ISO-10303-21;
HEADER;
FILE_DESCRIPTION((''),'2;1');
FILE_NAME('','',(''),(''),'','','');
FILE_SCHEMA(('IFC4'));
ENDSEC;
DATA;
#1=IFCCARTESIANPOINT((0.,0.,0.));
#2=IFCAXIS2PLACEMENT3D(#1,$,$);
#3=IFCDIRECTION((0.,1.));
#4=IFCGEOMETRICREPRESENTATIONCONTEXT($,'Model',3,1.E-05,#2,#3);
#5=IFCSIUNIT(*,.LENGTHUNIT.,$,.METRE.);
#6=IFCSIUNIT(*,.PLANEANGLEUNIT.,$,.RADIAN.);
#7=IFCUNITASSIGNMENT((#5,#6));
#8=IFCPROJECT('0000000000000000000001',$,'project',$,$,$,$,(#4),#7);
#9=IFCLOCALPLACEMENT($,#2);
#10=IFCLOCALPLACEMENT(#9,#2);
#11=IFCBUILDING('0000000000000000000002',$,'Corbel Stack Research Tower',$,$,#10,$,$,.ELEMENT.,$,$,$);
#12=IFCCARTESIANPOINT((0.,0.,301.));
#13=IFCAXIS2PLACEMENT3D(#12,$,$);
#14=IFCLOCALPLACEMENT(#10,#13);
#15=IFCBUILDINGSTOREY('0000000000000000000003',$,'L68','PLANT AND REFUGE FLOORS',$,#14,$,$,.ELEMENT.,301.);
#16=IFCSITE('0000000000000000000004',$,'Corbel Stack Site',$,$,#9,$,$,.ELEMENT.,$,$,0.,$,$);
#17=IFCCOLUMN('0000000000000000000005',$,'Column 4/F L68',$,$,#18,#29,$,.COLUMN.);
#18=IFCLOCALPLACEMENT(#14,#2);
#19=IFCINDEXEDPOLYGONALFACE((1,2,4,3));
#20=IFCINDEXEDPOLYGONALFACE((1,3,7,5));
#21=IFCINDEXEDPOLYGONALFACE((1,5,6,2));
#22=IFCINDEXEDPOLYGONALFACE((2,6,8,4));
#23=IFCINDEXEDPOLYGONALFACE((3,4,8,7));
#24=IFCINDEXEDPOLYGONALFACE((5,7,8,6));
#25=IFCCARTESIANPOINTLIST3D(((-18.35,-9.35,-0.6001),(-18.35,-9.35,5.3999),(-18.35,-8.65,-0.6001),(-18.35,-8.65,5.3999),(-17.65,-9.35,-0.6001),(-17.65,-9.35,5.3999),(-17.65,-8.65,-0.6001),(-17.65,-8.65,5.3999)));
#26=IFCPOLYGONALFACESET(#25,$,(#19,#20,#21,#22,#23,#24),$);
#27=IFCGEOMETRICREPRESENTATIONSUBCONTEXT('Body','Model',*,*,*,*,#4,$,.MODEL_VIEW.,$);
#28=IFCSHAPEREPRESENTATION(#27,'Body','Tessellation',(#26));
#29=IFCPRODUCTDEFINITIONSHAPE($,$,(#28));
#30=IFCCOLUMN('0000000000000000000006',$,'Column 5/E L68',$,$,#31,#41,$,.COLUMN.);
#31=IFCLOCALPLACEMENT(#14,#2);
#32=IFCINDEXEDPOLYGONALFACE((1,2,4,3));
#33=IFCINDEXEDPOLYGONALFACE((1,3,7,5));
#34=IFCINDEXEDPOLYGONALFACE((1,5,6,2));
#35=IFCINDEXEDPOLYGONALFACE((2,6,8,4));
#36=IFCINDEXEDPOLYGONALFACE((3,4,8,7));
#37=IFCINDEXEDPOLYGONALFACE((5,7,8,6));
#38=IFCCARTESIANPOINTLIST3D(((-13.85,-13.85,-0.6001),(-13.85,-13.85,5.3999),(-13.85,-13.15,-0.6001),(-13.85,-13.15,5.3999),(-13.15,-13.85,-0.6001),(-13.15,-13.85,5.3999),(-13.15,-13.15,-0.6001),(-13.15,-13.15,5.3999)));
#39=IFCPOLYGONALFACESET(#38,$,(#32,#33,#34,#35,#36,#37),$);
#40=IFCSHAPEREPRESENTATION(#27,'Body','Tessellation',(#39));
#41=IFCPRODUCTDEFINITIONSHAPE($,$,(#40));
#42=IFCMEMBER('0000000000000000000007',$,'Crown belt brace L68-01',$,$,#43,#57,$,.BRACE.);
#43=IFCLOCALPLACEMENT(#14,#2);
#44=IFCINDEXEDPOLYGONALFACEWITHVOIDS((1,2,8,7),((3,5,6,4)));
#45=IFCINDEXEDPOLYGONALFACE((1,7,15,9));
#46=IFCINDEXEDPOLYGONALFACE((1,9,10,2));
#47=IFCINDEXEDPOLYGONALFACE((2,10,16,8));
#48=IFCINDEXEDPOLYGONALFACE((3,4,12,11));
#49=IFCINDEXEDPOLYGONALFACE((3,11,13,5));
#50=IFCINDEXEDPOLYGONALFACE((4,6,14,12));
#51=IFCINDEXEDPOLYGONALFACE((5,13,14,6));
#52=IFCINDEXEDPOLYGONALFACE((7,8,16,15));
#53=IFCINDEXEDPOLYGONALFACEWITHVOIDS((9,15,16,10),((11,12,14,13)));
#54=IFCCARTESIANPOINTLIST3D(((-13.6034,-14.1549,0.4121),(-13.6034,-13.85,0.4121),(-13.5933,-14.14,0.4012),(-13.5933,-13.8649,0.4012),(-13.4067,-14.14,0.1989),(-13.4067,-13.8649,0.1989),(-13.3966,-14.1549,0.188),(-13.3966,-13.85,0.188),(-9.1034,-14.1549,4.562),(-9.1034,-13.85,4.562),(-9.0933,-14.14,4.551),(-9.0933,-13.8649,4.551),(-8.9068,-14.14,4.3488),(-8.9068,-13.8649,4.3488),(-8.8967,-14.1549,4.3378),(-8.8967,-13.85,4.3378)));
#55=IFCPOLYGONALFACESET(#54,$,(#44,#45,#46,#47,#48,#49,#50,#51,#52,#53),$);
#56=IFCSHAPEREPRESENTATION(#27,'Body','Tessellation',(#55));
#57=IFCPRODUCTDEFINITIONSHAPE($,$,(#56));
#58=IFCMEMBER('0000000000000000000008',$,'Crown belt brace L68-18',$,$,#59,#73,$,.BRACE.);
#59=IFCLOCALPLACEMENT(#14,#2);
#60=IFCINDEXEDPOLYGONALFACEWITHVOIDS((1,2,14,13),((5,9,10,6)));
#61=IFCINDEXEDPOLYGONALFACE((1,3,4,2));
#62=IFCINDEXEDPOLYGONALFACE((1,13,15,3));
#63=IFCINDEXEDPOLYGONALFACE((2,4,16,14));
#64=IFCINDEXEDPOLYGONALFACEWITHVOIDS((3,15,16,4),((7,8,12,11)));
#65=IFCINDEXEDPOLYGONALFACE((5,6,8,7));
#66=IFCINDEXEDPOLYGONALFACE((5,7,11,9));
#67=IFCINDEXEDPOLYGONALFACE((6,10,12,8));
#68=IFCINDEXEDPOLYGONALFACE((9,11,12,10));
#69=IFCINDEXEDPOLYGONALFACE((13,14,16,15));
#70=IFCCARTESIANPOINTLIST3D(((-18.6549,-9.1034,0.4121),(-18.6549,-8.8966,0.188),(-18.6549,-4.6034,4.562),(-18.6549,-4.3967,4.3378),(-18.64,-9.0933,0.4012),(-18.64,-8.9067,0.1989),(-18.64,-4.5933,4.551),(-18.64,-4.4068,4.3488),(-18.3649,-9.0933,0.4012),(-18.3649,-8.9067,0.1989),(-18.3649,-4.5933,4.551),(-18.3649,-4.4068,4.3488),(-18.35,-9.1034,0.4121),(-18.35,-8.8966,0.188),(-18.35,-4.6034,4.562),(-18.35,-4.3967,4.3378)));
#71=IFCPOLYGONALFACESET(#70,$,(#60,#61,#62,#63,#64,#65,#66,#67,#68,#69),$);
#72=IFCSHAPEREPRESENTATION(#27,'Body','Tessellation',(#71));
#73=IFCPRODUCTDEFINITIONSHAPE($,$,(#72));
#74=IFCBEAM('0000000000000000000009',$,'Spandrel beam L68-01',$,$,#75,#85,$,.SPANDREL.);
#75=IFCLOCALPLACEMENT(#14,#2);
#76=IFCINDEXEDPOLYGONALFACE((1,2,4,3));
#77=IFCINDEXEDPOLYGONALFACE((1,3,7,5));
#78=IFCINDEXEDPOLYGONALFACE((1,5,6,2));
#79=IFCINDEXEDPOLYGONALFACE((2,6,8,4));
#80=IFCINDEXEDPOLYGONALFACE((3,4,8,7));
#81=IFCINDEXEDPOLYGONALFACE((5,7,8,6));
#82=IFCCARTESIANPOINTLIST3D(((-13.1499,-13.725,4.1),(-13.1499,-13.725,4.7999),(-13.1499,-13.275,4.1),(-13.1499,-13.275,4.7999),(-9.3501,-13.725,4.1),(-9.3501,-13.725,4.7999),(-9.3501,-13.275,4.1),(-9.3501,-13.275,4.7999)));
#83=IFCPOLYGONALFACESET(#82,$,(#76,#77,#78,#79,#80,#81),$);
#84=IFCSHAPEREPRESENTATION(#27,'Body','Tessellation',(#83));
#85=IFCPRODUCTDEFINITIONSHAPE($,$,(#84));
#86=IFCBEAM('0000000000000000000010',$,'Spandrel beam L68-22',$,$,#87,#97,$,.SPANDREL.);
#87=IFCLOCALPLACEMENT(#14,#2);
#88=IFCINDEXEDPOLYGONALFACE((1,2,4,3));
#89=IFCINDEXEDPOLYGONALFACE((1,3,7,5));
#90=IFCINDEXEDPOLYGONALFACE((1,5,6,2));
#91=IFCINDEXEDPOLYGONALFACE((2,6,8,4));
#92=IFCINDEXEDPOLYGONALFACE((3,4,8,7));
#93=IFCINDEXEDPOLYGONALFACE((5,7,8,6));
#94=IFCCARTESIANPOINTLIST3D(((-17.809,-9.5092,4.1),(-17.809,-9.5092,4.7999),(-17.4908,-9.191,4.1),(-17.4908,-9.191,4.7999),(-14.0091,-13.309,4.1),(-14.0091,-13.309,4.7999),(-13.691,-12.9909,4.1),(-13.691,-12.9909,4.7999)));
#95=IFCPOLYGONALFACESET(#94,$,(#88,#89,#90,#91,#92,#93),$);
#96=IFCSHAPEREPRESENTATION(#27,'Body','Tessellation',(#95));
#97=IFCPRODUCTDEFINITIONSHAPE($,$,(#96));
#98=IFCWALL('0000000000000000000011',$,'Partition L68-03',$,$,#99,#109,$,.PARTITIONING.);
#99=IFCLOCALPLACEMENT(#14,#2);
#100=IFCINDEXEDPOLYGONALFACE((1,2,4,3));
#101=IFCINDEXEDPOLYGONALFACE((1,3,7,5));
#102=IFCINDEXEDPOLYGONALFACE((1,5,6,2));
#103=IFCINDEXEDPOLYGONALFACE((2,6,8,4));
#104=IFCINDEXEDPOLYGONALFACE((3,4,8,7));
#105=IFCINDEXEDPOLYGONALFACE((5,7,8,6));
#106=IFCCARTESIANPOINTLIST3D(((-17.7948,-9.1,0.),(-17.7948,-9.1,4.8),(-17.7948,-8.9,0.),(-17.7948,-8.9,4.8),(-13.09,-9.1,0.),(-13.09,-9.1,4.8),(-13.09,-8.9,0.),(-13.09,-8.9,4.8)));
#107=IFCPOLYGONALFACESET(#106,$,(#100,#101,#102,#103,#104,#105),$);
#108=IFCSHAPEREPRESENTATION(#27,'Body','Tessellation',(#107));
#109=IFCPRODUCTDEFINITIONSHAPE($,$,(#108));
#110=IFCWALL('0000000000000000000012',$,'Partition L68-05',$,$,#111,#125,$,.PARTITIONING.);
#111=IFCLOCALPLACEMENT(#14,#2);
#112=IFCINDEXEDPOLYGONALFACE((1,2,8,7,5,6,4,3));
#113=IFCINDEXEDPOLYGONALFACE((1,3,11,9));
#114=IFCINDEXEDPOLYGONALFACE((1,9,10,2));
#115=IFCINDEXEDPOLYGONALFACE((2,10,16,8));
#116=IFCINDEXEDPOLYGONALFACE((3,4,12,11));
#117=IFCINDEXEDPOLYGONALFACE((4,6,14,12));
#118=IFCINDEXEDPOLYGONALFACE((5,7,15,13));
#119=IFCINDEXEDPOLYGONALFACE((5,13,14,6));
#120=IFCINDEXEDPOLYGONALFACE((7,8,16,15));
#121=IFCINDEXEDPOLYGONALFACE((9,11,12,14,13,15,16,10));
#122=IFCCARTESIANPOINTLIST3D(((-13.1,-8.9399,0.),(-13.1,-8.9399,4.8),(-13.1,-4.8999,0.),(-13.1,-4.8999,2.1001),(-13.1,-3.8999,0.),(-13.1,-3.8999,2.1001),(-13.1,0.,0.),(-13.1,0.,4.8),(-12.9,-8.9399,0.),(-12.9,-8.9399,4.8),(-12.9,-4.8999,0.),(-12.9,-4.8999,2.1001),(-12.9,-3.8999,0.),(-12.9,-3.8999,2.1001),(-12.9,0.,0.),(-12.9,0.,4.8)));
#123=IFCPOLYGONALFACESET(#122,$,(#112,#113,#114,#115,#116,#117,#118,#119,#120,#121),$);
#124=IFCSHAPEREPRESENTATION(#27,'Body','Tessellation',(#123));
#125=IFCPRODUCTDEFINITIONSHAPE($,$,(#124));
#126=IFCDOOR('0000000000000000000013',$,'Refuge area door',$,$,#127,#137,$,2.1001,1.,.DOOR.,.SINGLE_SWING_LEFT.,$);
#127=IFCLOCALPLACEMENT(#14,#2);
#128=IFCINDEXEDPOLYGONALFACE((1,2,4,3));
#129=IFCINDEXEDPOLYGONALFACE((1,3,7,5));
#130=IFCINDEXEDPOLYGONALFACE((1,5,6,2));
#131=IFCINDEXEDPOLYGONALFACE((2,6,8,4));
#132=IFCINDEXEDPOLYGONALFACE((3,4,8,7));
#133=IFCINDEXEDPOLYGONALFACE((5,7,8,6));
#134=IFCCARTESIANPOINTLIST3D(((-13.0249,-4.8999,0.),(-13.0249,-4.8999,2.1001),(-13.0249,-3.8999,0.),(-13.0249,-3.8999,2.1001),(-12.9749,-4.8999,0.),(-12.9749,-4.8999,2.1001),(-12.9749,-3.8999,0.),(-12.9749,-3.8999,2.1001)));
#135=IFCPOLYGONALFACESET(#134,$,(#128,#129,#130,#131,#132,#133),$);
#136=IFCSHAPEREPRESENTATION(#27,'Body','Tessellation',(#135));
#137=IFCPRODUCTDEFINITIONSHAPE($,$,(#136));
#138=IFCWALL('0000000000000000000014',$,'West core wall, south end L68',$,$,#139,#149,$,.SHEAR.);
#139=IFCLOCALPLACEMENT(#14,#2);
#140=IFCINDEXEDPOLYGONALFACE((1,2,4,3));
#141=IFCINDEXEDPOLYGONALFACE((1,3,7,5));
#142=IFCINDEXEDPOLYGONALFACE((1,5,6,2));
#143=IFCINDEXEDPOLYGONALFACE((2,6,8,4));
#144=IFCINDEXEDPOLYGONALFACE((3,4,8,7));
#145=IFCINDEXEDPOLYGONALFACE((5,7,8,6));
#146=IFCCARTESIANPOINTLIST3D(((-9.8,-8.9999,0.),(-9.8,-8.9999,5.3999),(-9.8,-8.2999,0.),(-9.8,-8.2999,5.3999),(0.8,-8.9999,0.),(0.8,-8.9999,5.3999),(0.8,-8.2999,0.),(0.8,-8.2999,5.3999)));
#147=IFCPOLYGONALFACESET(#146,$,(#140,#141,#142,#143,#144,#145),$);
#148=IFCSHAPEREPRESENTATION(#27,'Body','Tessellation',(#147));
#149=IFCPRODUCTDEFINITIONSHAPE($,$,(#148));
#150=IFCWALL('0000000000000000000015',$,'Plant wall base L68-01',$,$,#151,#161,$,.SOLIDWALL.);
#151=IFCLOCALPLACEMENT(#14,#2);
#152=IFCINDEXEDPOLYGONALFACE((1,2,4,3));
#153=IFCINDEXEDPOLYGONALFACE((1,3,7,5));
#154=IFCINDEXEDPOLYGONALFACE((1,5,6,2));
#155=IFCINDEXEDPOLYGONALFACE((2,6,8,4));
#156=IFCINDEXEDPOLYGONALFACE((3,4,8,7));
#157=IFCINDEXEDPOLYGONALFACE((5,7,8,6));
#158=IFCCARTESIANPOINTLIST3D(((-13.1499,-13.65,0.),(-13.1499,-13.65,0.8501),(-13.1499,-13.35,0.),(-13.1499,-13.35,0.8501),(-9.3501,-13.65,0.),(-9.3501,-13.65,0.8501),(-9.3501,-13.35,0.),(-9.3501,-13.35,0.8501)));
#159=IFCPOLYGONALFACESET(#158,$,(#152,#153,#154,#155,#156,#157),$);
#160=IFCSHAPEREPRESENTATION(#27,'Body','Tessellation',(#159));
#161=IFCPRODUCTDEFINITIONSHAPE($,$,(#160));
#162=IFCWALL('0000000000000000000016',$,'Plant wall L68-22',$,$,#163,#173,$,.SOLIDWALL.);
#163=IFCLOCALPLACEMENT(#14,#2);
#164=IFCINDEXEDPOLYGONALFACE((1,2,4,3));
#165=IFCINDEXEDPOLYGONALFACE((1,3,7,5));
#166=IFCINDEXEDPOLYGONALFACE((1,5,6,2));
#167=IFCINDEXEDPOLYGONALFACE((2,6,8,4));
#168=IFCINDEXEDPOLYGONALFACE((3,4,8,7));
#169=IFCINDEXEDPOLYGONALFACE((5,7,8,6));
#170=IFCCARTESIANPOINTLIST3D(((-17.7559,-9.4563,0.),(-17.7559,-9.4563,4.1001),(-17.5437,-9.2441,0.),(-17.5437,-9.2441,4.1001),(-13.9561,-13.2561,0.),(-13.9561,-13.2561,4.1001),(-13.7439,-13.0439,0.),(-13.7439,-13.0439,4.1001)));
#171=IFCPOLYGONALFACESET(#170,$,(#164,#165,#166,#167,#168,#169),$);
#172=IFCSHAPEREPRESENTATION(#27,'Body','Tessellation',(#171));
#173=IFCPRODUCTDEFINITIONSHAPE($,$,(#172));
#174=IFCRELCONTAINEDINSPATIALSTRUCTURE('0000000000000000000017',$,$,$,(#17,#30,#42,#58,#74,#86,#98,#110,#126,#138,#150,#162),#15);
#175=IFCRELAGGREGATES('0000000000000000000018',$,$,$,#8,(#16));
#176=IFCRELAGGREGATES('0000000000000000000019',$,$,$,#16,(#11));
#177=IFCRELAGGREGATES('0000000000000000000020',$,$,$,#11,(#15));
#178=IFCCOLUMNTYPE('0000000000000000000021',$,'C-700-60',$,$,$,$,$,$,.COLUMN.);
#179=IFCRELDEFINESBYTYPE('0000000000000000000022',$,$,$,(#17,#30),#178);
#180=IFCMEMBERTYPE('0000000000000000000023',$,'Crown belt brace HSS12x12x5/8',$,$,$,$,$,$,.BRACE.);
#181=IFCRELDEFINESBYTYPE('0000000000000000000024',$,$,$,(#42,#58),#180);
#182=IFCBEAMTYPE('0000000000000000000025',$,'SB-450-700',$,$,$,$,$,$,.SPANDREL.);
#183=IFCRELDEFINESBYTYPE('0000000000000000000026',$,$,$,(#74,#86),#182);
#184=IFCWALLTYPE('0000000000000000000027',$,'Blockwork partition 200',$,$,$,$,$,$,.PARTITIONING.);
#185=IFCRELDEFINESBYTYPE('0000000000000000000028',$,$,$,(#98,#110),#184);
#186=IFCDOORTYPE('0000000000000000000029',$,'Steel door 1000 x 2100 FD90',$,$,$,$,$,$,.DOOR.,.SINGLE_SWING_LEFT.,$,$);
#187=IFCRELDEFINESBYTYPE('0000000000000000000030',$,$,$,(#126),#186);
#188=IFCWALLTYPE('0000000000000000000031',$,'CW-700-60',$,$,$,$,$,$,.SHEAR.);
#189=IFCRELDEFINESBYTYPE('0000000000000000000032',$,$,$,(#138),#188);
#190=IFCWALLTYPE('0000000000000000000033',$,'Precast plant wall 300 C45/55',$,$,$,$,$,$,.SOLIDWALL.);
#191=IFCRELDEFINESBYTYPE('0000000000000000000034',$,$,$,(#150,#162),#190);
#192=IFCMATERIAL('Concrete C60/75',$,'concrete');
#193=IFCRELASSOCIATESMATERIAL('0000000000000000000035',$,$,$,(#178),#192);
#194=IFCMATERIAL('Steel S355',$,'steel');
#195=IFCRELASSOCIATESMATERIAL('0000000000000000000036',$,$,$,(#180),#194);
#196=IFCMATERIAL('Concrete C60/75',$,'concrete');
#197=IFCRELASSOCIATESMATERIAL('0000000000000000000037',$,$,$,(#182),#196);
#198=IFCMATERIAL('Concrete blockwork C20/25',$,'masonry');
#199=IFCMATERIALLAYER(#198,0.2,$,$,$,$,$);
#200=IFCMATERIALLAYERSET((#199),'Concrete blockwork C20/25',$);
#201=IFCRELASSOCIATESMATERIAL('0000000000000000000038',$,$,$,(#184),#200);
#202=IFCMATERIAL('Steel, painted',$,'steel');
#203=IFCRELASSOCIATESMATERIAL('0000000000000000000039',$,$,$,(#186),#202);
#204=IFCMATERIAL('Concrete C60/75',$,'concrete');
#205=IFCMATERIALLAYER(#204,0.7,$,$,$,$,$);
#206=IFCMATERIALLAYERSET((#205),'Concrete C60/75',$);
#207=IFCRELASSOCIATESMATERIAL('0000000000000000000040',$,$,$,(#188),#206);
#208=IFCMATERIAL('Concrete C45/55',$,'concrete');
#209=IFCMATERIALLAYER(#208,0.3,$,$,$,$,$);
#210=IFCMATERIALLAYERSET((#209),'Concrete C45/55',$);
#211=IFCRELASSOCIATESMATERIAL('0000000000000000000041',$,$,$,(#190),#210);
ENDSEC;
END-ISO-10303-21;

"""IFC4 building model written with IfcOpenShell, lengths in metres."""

from ifc_helpers import new_model, si_unit, direction, frame, frame_2d, origin, origin_2d, place, context, subcontext, project, spatial, rectangle, hollow_rectangle, extrude, material, layer, layer_set, material_profile, profile_set, type_object, element, fill, save


model = new_model("IFC4")

# Units and contexts
model_context = context("Model", 3, precision=1e-05, world=origin(), true_north=direction((0.0, 1.0)))
body_context = subcontext(model_context, "Body", "Model", "MODEL_VIEW")
ifc_project = project(units=[si_unit("LENGTHUNIT", "METRE"), si_unit("PLANEANGLEUNIT", "RADIAN")], contexts=[model_context])

# Site, building, storey
site_placement = place(None, origin())
site = spatial("IfcSite", under=ifc_project, at=site_placement, Name="Corbel Stack Site", CompositionType="ELEMENT", RefElevation=0.0)
building_placement = place(site_placement, origin())
building = spatial("IfcBuilding", under=site, at=building_placement, Name="Corbel Stack Research Tower", CompositionType="ELEMENT")
storey_placement = place(building_placement, frame((0.0, 0.0, 301.0)))
storey = spatial("IfcBuildingStorey", under=building, at=storey_placement, Name="L68", Description="PLANT AND REFUGE FLOORS", CompositionType="ELEMENT", Elevation=301.0)

# Columns
ifc_material_1 = material(Name="Concrete C60/75", Category="concrete")
ifc_material_profile_1 = material_profile(ifc_material_1, rectangle(XDim=0.7, YDim=0.7, at=origin_2d()), Name="RC 700 x 700")
ifc_profile_set_1 = profile_set([ifc_material_profile_1], Name="Concrete C60/75")
column_type = type_object("IfcColumnType", Name="C-700-60", PredefinedType="COLUMN", material=ifc_profile_set_1)
for number, where, z_axis, x_axis, name in (
    (1, (-18.0, -9.0, -0.6001), (0.0, 0.0, 1.0), (1.0, 0.0, 0.0), "Column 4/F L68"),
    (2, (-13.5, -13.5, -0.6001), (0.0, 0.0, 1.0), (1.0, 0.0, 0.0), "Column 5/E L68"),
):
    element("IfcColumn", number, at=place(storey_placement, frame(where, z_axis=z_axis, x_axis=x_axis)), inside=storey, type_object=column_type, Name=name, PredefinedType="COLUMN", context=body_context, shape_type="SweptSolid", body=[
        extrude(rectangle(XDim=0.7, YDim=0.7, at=origin_2d()), origin(), (0.0, 0.0, 1.0), 6.0),
    ])

# Members
ifc_material_2 = material(Name="Steel S355", Category="steel")
ifc_material_profile_2 = material_profile(ifc_material_2, hollow_rectangle(XDim=0.3049, YDim=0.3049, WallThickness=0.0149, at=origin_2d()), Name="HSS12x12x5/8")
ifc_profile_set_2 = profile_set([ifc_material_profile_2], Name="Steel S355")
member_type = type_object("IfcMemberType", Name="Crown belt brace HSS12x12x5/8", PredefinedType="BRACE", material=ifc_profile_set_2)
for number, where, z_axis, x_axis, name in (
    (3, (-13.5, -14.0024, 0.3), (0.735124, 0.0, 0.677932), (0.0, 1.0, 0.0), "Crown belt brace L68-01"),
    (4, (-18.5024, -9.0, 0.3), (0.0, 0.735124, 0.677932), (-1.0, 0.0, 0.0), "Crown belt brace L68-18"),
):
    element("IfcMember", number, at=place(storey_placement, frame(where, z_axis=z_axis, x_axis=x_axis)), inside=storey, type_object=member_type, Name=name, PredefinedType="BRACE", context=body_context, shape_type="SweptSolid", body=[
        extrude(hollow_rectangle(XDim=0.3049, YDim=0.3049, WallThickness=0.0149, at=origin_2d()), origin(), (0.0, 0.0, 1.0), 6.1213),
    ])

# Beams
ifc_material_3 = material(Name="Concrete C60/75", Category="concrete")
ifc_material_profile_3 = material_profile(ifc_material_3, rectangle(XDim=0.45, YDim=0.7, at=origin_2d()), Name="RC 450 x 700")
ifc_profile_set_3 = profile_set([ifc_material_profile_3], Name="Concrete C60/75")
beam_type = type_object("IfcBeamType", Name="SB-450-700", PredefinedType="SPANDREL", material=ifc_profile_set_3)
beam_1_placement = place(storey_placement, frame((-13.1499, -13.5, 4.45), z_axis=(1.0, 0.0, 0.0), x_axis=(0.0, 1.0, 0.0)))
element("IfcBeam", 5, at=beam_1_placement, inside=storey, type_object=beam_type, Name="Spandrel beam L68-01", PredefinedType="SPANDREL", context=body_context, shape_type="SweptSolid", body=[
    extrude(rectangle(XDim=0.45, YDim=0.7, at=origin_2d()), origin(), (0.0, 0.0, 1.0), 3.7998),
])
beam_2_placement = place(storey_placement, frame((-17.6499, -9.3501, 4.45), z_axis=(0.707107, -0.707107, 0.0), x_axis=(0.707107, 0.707107, 0.0)))
element("IfcBeam", 6, at=beam_2_placement, inside=storey, type_object=beam_type, Name="Spandrel beam L68-22", PredefinedType="SPANDREL", context=body_context, shape_type="SweptSolid", body=[
    extrude(rectangle(XDim=0.45, YDim=0.7, at=origin_2d()), origin(), (0.0, 0.0, 1.0), 5.3738),
])

# Wall
ifc_material_4 = material(Name="Concrete blockwork C20/25", Category="masonry")
ifc_layer_1 = layer(ifc_material_4, 0.2)
ifc_layer_set_1 = layer_set([ifc_layer_1], Name="Concrete blockwork C20/25")
wall_type_1 = type_object("IfcWallType", Name="Blockwork partition 200", PredefinedType="PARTITIONING", material=ifc_layer_set_1)
wall_1_placement = place(storey_placement, frame((-17.7949, -9.0, 0.0), z_axis=(0.0, 0.0, 1.0), x_axis=(1.0, 0.0, 0.0)))
element("IfcWall", 7, at=wall_1_placement, inside=storey, type_object=wall_type_1, Name="Partition L68-03", PredefinedType="PARTITIONING", context=body_context, shape_type="SweptSolid", body=[
    extrude(rectangle(XDim=4.7048, YDim=0.2, at=frame_2d((2.3525, 0.0))), origin(), (0.0, 0.0, 1.0), 4.8),
])

# Wall, opening, door
wall_2_placement = place(storey_placement, frame((-13.0, -8.9399, 0.0), z_axis=(0.0, 0.0, 1.0), x_axis=(0.0, 1.0, 0.0)))
wall_2 = element("IfcWall", 8, at=wall_2_placement, inside=storey, type_object=wall_type_1, Name="Partition L68-05", PredefinedType="PARTITIONING", context=body_context, shape_type="SweptSolid", body=[
    extrude(rectangle(XDim=8.9399, YDim=0.2, at=frame_2d((4.47, 0.0))), origin(), (0.0, 0.0, 1.0), 4.8),
])
opening_1_placement = place(wall_2_placement, frame((4.04, 0.0, 0.0)))
opening_1 = element("IfcOpeningElement", 9, at=opening_1_placement, cuts=wall_2, PredefinedType="OPENING", context=body_context, shape_type="SweptSolid", body=[
    extrude(rectangle(XDim=1.0, YDim=2.1001, at=frame_2d((0.5, 1.05))), frame((0.0, 0.1099, 0.0), z_axis=(0.0, -1.0, 0.0), x_axis=(1.0, 0.0, 0.0)), (0.0, 0.0, 1.0), 0.22),
])
ifc_material_5 = material(Name="Steel, painted", Category="steel")
door_type_1 = type_object("IfcDoorType", Name="Steel door 1000 x 2100 FD90", OperationType="SINGLE_SWING_LEFT", PredefinedType="DOOR", material=ifc_material_5)
door_1_placement = place(opening_1_placement, origin())
door_1 = element("IfcDoor", 10, at=door_1_placement, inside=storey, type_object=door_type_1, Name="Refuge area door", OperationType="SINGLE_SWING_LEFT", OverallHeight=2.1001, OverallWidth=1.0, PredefinedType="DOOR", context=body_context, shape_type="SweptSolid", body=[
    extrude(rectangle(XDim=1.0, YDim=2.1001, at=frame_2d((0.5, 1.05))), frame((0.0, 0.0249, 0.0), z_axis=(0.0, -1.0, 0.0), x_axis=(1.0, 0.0, 0.0)), (0.0, 0.0, 1.0), 0.05),
])
fill(opening_1, door_1)

# Shared definitions
ifc_material_6 = material(Name="Concrete C60/75", Category="concrete")
ifc_layer_2 = layer(ifc_material_6, 0.7)
ifc_layer_set_2 = layer_set([ifc_layer_2], Name="Concrete C60/75")
wall_type_2 = type_object("IfcWallType", Name="CW-700-60", PredefinedType="SHEAR", material=ifc_layer_set_2)

# Walls
wall_3_placement = place(storey_placement, frame((-9.8, -8.6499, 0.0), z_axis=(0.0, 0.0, 1.0), x_axis=(1.0, 0.0, 0.0)))
element("IfcWall", 11, at=wall_3_placement, inside=storey, type_object=wall_type_2, Name="West core wall, south end L68", PredefinedType="SHEAR", context=body_context, shape_type="SweptSolid", body=[
    extrude(rectangle(XDim=10.6001, YDim=0.7, at=frame_2d((5.3, 0.0))), origin(), (0.0, 0.0, 1.0), 5.3999),
])
ifc_material_7 = material(Name="Concrete C45/55", Category="concrete")
ifc_layer_3 = layer(ifc_material_7, 0.3)
ifc_layer_set_3 = layer_set([ifc_layer_3], Name="Concrete C45/55")
wall_type_3 = type_object("IfcWallType", Name="Precast plant wall 300 C45/55", PredefinedType="SOLIDWALL", material=ifc_layer_set_3)
wall_4_placement = place(storey_placement, frame((-13.1499, -13.5, 0.0), z_axis=(0.0, 0.0, 1.0), x_axis=(1.0, 0.0, 0.0)))
element("IfcWall", 12, at=wall_4_placement, inside=storey, type_object=wall_type_3, Name="Plant wall base L68-01", PredefinedType="SOLIDWALL", context=body_context, shape_type="SweptSolid", body=[
    extrude(rectangle(XDim=3.7998, YDim=0.3, at=frame_2d((1.8999, 0.0))), origin(), (0.0, 0.0, 1.0), 0.8501),
])
wall_5_placement = place(storey_placement, frame((-17.6499, -9.3501, 0.0), z_axis=(0.0, 0.0, 1.0), x_axis=(0.707107, -0.707107, 0.0)))
element("IfcWall", 13, at=wall_5_placement, inside=storey, type_object=wall_type_3, Name="Plant wall L68-22", PredefinedType="SOLIDWALL", context=body_context, shape_type="SweptSolid", body=[
    extrude(rectangle(XDim=5.3738, YDim=0.3, at=frame_2d((2.687, 0.0))), origin(), (0.0, 0.0, 1.0), 4.1001),
])

save(model, "model.ifc")
